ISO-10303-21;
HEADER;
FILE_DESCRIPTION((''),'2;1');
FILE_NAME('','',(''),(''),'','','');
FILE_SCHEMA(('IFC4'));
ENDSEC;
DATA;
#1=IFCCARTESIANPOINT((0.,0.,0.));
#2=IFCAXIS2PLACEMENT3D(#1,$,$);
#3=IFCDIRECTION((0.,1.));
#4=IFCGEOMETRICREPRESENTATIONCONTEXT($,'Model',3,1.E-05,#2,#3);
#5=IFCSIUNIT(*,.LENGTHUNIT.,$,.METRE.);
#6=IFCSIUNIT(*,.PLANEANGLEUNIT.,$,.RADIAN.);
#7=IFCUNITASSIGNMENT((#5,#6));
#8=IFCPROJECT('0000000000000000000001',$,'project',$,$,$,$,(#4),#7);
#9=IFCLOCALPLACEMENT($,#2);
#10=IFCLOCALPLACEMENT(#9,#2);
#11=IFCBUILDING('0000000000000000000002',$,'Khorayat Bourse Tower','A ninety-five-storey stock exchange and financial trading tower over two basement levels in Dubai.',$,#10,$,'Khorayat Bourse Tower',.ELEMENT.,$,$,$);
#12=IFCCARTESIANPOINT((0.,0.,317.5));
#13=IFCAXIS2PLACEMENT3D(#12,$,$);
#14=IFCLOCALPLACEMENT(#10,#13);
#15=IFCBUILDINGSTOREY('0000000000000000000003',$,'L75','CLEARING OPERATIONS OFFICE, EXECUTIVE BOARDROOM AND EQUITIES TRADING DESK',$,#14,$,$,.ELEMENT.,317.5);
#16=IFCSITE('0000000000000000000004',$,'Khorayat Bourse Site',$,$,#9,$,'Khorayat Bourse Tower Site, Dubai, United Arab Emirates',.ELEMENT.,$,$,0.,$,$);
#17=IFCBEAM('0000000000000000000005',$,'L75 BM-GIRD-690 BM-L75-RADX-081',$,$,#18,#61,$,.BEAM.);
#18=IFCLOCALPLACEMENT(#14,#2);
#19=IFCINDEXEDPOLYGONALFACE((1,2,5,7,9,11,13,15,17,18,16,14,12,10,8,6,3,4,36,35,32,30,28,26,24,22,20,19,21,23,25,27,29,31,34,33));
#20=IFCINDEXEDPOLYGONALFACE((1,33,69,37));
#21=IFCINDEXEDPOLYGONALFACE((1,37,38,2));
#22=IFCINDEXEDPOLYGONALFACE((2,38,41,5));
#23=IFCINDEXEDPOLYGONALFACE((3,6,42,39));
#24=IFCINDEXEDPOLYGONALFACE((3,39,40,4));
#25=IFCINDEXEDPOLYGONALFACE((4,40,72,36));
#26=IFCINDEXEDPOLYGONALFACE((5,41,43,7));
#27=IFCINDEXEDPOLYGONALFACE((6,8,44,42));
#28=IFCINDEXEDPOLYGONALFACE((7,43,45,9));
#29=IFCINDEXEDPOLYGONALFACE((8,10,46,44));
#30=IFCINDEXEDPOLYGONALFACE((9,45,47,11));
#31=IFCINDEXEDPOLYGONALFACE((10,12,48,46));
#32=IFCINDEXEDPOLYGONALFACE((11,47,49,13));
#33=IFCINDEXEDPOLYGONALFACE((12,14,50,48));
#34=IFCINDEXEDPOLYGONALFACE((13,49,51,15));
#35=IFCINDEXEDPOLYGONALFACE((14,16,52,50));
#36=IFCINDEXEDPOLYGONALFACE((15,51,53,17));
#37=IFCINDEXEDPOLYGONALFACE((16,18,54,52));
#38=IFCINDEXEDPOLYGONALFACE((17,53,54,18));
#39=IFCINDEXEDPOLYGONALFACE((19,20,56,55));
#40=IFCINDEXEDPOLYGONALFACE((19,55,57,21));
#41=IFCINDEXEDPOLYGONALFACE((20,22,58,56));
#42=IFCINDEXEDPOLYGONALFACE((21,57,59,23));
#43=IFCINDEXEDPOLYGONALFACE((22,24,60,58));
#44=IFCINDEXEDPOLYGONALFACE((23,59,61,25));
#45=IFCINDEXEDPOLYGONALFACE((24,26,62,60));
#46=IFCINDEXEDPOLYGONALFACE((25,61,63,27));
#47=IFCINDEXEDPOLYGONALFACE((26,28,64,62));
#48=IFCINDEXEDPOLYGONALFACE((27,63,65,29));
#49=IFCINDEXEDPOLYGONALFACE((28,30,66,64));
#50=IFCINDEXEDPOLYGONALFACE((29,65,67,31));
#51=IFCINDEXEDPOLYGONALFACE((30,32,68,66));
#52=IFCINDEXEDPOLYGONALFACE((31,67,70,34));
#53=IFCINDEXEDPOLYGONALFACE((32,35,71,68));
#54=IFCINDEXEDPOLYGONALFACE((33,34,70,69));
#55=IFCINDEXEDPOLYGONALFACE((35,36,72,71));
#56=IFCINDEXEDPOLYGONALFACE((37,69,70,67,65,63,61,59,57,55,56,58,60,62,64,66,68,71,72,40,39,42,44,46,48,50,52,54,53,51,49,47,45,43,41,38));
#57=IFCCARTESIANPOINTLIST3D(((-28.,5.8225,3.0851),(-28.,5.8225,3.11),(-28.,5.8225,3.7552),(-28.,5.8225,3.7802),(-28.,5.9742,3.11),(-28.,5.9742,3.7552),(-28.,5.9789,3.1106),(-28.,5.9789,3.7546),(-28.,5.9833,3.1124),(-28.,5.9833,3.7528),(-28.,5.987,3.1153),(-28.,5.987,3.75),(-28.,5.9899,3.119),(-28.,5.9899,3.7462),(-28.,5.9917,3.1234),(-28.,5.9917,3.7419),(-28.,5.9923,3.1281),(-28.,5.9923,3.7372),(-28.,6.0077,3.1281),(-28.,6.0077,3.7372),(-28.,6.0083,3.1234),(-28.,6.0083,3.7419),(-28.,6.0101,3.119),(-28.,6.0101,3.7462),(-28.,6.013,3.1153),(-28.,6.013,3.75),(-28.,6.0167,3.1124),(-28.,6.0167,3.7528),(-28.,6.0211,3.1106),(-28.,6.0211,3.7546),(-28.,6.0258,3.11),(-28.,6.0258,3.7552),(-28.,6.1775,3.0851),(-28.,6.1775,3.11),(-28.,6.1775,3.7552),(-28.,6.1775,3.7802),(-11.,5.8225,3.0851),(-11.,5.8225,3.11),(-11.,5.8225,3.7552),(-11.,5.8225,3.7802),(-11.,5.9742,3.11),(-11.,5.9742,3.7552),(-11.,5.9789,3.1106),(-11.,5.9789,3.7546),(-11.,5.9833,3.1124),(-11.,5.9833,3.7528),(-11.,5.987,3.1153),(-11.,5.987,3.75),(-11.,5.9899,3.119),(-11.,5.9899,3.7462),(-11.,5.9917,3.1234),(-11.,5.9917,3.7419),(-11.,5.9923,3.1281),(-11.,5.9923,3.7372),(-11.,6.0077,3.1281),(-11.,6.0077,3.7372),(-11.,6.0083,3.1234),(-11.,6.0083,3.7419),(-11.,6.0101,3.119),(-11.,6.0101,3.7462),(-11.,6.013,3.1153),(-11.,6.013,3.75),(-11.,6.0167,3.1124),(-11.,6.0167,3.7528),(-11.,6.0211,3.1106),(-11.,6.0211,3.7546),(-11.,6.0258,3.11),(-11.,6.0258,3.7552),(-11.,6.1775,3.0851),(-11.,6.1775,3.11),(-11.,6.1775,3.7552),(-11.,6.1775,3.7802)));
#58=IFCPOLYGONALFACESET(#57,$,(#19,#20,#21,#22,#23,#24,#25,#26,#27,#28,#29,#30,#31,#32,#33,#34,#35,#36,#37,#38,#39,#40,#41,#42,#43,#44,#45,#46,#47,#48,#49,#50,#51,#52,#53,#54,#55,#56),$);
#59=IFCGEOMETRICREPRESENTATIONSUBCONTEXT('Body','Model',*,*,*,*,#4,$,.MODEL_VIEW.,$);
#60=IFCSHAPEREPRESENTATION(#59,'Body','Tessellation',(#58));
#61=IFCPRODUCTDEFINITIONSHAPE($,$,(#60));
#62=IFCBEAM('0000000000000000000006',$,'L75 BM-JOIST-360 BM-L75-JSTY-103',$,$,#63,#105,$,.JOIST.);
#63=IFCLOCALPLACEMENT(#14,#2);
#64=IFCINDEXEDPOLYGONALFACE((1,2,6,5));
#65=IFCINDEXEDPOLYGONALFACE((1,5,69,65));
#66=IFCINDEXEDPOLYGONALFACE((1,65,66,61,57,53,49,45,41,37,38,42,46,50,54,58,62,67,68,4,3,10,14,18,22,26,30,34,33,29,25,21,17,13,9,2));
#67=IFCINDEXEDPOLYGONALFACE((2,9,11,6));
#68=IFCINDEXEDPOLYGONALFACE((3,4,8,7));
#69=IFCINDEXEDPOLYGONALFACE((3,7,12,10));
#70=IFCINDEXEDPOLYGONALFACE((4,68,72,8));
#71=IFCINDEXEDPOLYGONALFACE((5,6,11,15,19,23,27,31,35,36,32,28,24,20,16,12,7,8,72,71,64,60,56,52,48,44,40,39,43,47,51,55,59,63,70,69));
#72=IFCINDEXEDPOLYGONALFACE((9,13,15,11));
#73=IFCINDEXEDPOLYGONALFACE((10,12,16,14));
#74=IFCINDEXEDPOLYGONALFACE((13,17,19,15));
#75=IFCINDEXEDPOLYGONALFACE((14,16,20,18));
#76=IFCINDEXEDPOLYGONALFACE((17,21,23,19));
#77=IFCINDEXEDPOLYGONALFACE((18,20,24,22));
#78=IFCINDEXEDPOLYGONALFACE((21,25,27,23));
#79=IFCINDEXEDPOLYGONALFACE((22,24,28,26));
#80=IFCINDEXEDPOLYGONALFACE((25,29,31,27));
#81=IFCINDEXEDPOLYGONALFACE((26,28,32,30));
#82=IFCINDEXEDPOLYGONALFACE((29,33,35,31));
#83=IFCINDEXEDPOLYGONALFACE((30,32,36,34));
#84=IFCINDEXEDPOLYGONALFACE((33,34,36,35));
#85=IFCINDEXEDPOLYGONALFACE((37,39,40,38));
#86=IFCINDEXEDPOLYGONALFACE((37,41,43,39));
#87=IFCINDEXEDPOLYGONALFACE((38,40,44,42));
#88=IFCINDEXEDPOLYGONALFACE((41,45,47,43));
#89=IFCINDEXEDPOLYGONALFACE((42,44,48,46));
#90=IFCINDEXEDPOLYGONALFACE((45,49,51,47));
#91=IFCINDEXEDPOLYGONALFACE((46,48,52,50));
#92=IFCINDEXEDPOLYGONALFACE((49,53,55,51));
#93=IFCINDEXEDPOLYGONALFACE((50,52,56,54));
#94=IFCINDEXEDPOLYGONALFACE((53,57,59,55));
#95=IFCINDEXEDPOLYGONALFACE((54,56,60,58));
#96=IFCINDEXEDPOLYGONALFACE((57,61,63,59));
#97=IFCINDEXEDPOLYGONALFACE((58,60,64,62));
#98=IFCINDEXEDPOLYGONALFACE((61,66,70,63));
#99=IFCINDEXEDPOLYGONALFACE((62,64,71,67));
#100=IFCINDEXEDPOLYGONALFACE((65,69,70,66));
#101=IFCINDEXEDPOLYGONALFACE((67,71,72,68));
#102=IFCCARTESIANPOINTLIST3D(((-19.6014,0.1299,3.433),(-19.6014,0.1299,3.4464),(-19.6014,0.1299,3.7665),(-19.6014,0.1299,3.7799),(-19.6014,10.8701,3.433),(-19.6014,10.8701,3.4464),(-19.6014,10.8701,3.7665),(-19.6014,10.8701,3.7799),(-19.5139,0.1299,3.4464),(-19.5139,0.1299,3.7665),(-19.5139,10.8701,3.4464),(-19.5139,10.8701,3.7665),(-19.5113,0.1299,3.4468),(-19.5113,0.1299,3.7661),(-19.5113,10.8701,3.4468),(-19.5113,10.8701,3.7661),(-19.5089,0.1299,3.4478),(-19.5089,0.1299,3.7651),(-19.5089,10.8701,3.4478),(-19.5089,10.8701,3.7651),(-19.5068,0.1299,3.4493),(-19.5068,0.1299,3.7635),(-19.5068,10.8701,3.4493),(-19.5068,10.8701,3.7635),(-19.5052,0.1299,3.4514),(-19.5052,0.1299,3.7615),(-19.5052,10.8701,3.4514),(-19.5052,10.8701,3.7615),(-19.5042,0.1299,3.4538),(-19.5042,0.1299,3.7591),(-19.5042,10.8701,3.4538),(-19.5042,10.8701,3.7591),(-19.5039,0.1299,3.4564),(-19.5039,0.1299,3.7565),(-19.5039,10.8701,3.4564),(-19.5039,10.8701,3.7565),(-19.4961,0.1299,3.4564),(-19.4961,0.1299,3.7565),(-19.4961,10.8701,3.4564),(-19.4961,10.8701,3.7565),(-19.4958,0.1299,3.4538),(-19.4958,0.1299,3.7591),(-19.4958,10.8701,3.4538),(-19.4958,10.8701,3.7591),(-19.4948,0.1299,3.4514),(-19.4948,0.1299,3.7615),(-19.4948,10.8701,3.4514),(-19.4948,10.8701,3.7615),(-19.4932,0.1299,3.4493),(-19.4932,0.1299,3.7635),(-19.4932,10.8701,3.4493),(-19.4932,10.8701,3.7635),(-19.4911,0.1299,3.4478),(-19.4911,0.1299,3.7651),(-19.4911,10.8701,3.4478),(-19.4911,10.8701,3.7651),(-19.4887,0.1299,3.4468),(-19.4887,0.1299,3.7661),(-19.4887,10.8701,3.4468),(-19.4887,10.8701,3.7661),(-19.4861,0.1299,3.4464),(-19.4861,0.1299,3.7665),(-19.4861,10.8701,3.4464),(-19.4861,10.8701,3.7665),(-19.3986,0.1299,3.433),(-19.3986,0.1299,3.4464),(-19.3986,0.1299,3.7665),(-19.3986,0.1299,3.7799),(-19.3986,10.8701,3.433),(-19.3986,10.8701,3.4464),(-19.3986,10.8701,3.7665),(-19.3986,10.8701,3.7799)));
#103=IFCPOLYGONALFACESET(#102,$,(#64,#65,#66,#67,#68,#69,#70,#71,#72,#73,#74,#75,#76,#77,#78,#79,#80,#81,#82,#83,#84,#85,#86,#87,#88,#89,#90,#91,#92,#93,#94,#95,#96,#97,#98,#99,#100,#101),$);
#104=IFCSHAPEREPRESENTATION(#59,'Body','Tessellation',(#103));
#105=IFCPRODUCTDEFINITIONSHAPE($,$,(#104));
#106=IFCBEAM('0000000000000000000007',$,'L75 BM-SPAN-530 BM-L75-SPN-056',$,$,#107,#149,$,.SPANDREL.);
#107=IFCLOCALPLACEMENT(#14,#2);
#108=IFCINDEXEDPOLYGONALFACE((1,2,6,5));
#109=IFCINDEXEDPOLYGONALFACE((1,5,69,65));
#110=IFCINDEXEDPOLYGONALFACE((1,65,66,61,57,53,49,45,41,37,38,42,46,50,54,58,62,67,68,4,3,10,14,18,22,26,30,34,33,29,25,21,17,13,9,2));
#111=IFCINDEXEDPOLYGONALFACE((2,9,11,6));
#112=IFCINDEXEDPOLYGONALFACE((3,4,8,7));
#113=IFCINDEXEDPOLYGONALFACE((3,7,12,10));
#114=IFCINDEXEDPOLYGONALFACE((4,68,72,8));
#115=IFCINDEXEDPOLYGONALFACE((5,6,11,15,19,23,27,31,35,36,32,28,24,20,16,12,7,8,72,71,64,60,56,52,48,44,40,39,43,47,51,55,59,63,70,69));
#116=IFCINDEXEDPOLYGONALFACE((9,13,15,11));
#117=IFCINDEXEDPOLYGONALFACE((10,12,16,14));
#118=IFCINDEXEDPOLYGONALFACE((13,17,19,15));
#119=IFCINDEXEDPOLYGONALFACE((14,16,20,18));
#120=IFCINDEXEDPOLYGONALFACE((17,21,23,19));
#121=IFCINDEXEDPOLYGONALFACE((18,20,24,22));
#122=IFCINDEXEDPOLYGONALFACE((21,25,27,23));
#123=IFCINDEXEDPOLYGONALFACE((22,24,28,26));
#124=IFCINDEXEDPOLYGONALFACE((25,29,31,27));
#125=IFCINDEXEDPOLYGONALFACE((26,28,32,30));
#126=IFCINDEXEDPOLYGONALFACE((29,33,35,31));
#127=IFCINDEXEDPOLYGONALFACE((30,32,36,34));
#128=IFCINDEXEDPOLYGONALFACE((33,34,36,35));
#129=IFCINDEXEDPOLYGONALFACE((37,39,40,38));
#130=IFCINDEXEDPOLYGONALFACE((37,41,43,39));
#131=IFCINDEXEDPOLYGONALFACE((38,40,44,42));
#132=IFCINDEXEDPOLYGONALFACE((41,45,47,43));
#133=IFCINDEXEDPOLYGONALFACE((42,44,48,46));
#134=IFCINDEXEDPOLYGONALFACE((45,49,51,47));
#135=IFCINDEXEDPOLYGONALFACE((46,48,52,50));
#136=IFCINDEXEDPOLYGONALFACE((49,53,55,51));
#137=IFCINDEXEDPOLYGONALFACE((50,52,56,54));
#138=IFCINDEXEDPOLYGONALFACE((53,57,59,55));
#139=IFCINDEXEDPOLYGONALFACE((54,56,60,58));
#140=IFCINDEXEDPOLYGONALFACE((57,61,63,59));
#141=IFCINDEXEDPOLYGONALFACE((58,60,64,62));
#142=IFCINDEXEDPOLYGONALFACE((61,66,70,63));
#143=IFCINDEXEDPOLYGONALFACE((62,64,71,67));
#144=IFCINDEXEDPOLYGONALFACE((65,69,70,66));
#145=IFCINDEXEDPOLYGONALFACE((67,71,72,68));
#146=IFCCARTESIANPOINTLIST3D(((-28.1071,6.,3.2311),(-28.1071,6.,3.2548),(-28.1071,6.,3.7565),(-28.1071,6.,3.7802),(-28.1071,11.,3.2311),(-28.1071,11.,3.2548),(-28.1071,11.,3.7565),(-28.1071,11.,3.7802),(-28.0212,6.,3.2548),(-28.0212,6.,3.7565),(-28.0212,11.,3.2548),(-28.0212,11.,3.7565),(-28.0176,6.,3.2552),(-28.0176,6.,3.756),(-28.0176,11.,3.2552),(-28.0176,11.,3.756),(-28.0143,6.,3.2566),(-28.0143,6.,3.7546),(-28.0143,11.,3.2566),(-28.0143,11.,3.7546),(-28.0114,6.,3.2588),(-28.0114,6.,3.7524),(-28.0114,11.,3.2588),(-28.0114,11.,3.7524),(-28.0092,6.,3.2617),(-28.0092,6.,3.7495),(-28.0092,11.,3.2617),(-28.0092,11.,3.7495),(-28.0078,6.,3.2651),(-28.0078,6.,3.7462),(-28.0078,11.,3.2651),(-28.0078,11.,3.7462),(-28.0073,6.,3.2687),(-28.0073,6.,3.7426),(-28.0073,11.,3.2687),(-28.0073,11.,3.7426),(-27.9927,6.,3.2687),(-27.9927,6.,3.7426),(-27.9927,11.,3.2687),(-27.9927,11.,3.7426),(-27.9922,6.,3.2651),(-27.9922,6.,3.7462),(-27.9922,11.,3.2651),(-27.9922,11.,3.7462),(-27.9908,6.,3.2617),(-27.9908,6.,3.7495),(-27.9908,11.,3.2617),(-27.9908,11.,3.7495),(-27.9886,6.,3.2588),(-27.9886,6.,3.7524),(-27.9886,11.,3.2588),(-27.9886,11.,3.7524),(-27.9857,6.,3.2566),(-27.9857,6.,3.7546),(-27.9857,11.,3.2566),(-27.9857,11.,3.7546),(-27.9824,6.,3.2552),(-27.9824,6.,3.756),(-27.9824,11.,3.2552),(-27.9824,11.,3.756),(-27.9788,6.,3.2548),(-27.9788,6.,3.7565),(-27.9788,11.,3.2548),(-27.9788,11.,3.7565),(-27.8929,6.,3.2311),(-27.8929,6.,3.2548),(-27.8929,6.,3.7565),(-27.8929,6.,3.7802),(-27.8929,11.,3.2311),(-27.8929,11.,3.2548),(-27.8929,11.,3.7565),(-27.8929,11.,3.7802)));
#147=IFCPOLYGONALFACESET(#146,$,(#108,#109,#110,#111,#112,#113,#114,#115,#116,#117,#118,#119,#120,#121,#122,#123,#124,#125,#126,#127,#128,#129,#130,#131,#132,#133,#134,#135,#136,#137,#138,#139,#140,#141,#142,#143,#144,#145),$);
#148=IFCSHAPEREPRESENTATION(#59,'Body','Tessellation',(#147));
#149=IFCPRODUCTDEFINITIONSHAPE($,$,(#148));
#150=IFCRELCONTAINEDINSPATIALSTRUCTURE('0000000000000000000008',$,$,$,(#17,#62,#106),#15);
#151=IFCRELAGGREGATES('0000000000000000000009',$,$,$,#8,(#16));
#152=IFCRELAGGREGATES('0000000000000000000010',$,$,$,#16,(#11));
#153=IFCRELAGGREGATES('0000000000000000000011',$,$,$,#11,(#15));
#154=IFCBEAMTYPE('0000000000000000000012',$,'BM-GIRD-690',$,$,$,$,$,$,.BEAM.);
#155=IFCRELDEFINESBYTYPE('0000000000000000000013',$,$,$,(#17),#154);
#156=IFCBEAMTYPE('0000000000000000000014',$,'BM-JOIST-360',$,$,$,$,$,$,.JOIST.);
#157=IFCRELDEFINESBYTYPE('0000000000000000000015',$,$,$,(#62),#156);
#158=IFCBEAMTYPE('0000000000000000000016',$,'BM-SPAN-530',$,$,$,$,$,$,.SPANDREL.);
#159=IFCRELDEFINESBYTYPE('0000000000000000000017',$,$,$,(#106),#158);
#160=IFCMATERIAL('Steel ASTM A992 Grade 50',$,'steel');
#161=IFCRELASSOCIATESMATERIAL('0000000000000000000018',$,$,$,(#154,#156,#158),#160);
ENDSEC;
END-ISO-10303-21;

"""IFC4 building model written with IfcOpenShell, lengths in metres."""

from ifc_helpers import new_model, si_unit, direction, frame, origin, origin_2d, place, context, subcontext, project, spatial, i_section, extrude, source, transform, mapped, material, material_profile, profile_set, type_object, element, save


model = new_model("IFC4")

# Units and contexts
model_context = context("Model", 3, precision=1e-05, world=origin(), true_north=direction((0.0, 1.0)))
body_context = subcontext(model_context, "Body", "Model", "MODEL_VIEW")
ifc_project = project(units=[si_unit("LENGTHUNIT", "METRE"), si_unit("PLANEANGLEUNIT", "RADIAN")], contexts=[model_context])

# Site, building, storey
site_placement = place(None, origin())
site = spatial("IfcSite", under=ifc_project, at=site_placement, Name="Khorayat Bourse Site", LongName="Khorayat Bourse Tower Site, Dubai, United Arab Emirates", CompositionType="ELEMENT", RefElevation=0.0)
building_placement = place(site_placement, origin())
building = spatial("IfcBuilding", under=site, at=building_placement, Name="Khorayat Bourse Tower", Description="A ninety-five-storey stock exchange and financial trading tower over two basement levels in Dubai.", LongName="Khorayat Bourse Tower", CompositionType="ELEMENT")
storey_placement = place(building_placement, frame((0.0, 0.0, 317.5)))
storey = spatial("IfcBuildingStorey", under=building, at=storey_placement, Name="L75", Description="CLEARING OPERATIONS OFFICE, EXECUTIVE BOARDROOM AND EQUITIES TRADING DESK", CompositionType="ELEMENT", Elevation=317.5)

# Beams
ifc_material_1 = material(Name="Steel ASTM A992 Grade 50", Category="steel")
ifc_material_profile_1 = material_profile(ifc_material_1, i_section(OverallWidth=0.355, OverallDepth=0.6951, WebThickness=0.0154, FlangeThickness=0.0249, FilletRadius=0.0181, at=origin_2d()), Name="W690X217")
ifc_profile_set_1 = profile_set([ifc_material_profile_1], Name="Steel ASTM A992 Grade 50")
beam_type_1 = type_object("IfcBeamType", Name="BM-GIRD-690", PredefinedType="BEAM", material=ifc_profile_set_1)
shared_shape_1 = source(origin(), body_context, "Body", "SweptSolid", [
    extrude(i_section(OverallWidth=0.355, OverallDepth=0.6951, WebThickness=0.0154, FlangeThickness=0.0249, FilletRadius=0.0181, at=origin_2d()), origin(), (0.0, 0.0, 1.0), 17.0),
])
for number, where, z_axis, x_axis, name in (
    (1, (-28.0, 6.0, 3.4326), (1.0, 0.0, 0.0), (0.0, 1.0, 0.0), "L75 BM-GIRD-690 BM-L75-RADX-081"),
):
    element("IfcBeam", number, at=place(storey_placement, frame(where, z_axis=z_axis, x_axis=x_axis)), inside=storey, type_object=beam_type_1, Name=name, PredefinedType="BEAM", context=body_context, shape_type="MappedRepresentation", body=[
        mapped(shared_shape_1, transform((0.0, 0.0, 0.0), scale=1.0)),
    ])
ifc_material_profile_2 = material_profile(ifc_material_1, i_section(OverallWidth=0.2029, OverallDepth=0.3469, WebThickness=0.0078, FlangeThickness=0.0134, FilletRadius=0.01, at=origin_2d()), Name="W360X64")
ifc_profile_set_2 = profile_set([ifc_material_profile_2], Name="Steel ASTM A992 Grade 50")
beam_type_2 = type_object("IfcBeamType", Name="BM-JOIST-360", PredefinedType="JOIST", material=ifc_profile_set_2)
shared_shape_2 = source(origin(), body_context, "Body", "SweptSolid", [
    extrude(i_section(OverallWidth=0.2029, OverallDepth=0.3469, WebThickness=0.0078, FlangeThickness=0.0134, FilletRadius=0.01, at=origin_2d()), origin(), (0.0, 0.0, 1.0), 10.7402),
])
beam_1_placement = place(storey_placement, frame((-19.5, 0.1299, 3.6064), z_axis=(0.0, 1.0, 0.0), x_axis=(-1.0, 0.0, 0.0)))
element("IfcBeam", 2, at=beam_1_placement, inside=storey, type_object=beam_type_2, Name="L75 BM-JOIST-360 BM-L75-JSTY-103", PredefinedType="JOIST", context=body_context, shape_type="MappedRepresentation", body=[
    mapped(shared_shape_2, transform((0.0, 0.0, 0.0), scale=1.0)),
])
ifc_material_profile_3 = material_profile(ifc_material_1, i_section(OverallWidth=0.2141, OverallDepth=0.5491, WebThickness=0.0146, FlangeThickness=0.0237, FilletRadius=0.0139, at=origin_2d()), Name="W530X138")
ifc_profile_set_3 = profile_set([ifc_material_profile_3], Name="Steel ASTM A992 Grade 50")
beam_type_3 = type_object("IfcBeamType", Name="BM-SPAN-530", PredefinedType="SPANDREL", material=ifc_profile_set_3)
shared_shape_3 = source(origin(), body_context, "Body", "SweptSolid", [
    extrude(i_section(OverallWidth=0.2141, OverallDepth=0.5491, WebThickness=0.0146, FlangeThickness=0.0237, FilletRadius=0.0139, at=origin_2d()), origin(), (0.0, 0.0, 1.0), 5.0),
])
beam_2_placement = place(storey_placement, frame((-28.0, 6.0, 3.5056), z_axis=(0.0, 1.0, 0.0), x_axis=(-1.0, 0.0, 0.0)))
element("IfcBeam", 3, at=beam_2_placement, inside=storey, type_object=beam_type_3, Name="L75 BM-SPAN-530 BM-L75-SPN-056", PredefinedType="SPANDREL", context=body_context, shape_type="MappedRepresentation", body=[
    mapped(shared_shape_3, transform((0.0, 0.0, 0.0), scale=1.0)),
])

save(model, "model.ifc")
